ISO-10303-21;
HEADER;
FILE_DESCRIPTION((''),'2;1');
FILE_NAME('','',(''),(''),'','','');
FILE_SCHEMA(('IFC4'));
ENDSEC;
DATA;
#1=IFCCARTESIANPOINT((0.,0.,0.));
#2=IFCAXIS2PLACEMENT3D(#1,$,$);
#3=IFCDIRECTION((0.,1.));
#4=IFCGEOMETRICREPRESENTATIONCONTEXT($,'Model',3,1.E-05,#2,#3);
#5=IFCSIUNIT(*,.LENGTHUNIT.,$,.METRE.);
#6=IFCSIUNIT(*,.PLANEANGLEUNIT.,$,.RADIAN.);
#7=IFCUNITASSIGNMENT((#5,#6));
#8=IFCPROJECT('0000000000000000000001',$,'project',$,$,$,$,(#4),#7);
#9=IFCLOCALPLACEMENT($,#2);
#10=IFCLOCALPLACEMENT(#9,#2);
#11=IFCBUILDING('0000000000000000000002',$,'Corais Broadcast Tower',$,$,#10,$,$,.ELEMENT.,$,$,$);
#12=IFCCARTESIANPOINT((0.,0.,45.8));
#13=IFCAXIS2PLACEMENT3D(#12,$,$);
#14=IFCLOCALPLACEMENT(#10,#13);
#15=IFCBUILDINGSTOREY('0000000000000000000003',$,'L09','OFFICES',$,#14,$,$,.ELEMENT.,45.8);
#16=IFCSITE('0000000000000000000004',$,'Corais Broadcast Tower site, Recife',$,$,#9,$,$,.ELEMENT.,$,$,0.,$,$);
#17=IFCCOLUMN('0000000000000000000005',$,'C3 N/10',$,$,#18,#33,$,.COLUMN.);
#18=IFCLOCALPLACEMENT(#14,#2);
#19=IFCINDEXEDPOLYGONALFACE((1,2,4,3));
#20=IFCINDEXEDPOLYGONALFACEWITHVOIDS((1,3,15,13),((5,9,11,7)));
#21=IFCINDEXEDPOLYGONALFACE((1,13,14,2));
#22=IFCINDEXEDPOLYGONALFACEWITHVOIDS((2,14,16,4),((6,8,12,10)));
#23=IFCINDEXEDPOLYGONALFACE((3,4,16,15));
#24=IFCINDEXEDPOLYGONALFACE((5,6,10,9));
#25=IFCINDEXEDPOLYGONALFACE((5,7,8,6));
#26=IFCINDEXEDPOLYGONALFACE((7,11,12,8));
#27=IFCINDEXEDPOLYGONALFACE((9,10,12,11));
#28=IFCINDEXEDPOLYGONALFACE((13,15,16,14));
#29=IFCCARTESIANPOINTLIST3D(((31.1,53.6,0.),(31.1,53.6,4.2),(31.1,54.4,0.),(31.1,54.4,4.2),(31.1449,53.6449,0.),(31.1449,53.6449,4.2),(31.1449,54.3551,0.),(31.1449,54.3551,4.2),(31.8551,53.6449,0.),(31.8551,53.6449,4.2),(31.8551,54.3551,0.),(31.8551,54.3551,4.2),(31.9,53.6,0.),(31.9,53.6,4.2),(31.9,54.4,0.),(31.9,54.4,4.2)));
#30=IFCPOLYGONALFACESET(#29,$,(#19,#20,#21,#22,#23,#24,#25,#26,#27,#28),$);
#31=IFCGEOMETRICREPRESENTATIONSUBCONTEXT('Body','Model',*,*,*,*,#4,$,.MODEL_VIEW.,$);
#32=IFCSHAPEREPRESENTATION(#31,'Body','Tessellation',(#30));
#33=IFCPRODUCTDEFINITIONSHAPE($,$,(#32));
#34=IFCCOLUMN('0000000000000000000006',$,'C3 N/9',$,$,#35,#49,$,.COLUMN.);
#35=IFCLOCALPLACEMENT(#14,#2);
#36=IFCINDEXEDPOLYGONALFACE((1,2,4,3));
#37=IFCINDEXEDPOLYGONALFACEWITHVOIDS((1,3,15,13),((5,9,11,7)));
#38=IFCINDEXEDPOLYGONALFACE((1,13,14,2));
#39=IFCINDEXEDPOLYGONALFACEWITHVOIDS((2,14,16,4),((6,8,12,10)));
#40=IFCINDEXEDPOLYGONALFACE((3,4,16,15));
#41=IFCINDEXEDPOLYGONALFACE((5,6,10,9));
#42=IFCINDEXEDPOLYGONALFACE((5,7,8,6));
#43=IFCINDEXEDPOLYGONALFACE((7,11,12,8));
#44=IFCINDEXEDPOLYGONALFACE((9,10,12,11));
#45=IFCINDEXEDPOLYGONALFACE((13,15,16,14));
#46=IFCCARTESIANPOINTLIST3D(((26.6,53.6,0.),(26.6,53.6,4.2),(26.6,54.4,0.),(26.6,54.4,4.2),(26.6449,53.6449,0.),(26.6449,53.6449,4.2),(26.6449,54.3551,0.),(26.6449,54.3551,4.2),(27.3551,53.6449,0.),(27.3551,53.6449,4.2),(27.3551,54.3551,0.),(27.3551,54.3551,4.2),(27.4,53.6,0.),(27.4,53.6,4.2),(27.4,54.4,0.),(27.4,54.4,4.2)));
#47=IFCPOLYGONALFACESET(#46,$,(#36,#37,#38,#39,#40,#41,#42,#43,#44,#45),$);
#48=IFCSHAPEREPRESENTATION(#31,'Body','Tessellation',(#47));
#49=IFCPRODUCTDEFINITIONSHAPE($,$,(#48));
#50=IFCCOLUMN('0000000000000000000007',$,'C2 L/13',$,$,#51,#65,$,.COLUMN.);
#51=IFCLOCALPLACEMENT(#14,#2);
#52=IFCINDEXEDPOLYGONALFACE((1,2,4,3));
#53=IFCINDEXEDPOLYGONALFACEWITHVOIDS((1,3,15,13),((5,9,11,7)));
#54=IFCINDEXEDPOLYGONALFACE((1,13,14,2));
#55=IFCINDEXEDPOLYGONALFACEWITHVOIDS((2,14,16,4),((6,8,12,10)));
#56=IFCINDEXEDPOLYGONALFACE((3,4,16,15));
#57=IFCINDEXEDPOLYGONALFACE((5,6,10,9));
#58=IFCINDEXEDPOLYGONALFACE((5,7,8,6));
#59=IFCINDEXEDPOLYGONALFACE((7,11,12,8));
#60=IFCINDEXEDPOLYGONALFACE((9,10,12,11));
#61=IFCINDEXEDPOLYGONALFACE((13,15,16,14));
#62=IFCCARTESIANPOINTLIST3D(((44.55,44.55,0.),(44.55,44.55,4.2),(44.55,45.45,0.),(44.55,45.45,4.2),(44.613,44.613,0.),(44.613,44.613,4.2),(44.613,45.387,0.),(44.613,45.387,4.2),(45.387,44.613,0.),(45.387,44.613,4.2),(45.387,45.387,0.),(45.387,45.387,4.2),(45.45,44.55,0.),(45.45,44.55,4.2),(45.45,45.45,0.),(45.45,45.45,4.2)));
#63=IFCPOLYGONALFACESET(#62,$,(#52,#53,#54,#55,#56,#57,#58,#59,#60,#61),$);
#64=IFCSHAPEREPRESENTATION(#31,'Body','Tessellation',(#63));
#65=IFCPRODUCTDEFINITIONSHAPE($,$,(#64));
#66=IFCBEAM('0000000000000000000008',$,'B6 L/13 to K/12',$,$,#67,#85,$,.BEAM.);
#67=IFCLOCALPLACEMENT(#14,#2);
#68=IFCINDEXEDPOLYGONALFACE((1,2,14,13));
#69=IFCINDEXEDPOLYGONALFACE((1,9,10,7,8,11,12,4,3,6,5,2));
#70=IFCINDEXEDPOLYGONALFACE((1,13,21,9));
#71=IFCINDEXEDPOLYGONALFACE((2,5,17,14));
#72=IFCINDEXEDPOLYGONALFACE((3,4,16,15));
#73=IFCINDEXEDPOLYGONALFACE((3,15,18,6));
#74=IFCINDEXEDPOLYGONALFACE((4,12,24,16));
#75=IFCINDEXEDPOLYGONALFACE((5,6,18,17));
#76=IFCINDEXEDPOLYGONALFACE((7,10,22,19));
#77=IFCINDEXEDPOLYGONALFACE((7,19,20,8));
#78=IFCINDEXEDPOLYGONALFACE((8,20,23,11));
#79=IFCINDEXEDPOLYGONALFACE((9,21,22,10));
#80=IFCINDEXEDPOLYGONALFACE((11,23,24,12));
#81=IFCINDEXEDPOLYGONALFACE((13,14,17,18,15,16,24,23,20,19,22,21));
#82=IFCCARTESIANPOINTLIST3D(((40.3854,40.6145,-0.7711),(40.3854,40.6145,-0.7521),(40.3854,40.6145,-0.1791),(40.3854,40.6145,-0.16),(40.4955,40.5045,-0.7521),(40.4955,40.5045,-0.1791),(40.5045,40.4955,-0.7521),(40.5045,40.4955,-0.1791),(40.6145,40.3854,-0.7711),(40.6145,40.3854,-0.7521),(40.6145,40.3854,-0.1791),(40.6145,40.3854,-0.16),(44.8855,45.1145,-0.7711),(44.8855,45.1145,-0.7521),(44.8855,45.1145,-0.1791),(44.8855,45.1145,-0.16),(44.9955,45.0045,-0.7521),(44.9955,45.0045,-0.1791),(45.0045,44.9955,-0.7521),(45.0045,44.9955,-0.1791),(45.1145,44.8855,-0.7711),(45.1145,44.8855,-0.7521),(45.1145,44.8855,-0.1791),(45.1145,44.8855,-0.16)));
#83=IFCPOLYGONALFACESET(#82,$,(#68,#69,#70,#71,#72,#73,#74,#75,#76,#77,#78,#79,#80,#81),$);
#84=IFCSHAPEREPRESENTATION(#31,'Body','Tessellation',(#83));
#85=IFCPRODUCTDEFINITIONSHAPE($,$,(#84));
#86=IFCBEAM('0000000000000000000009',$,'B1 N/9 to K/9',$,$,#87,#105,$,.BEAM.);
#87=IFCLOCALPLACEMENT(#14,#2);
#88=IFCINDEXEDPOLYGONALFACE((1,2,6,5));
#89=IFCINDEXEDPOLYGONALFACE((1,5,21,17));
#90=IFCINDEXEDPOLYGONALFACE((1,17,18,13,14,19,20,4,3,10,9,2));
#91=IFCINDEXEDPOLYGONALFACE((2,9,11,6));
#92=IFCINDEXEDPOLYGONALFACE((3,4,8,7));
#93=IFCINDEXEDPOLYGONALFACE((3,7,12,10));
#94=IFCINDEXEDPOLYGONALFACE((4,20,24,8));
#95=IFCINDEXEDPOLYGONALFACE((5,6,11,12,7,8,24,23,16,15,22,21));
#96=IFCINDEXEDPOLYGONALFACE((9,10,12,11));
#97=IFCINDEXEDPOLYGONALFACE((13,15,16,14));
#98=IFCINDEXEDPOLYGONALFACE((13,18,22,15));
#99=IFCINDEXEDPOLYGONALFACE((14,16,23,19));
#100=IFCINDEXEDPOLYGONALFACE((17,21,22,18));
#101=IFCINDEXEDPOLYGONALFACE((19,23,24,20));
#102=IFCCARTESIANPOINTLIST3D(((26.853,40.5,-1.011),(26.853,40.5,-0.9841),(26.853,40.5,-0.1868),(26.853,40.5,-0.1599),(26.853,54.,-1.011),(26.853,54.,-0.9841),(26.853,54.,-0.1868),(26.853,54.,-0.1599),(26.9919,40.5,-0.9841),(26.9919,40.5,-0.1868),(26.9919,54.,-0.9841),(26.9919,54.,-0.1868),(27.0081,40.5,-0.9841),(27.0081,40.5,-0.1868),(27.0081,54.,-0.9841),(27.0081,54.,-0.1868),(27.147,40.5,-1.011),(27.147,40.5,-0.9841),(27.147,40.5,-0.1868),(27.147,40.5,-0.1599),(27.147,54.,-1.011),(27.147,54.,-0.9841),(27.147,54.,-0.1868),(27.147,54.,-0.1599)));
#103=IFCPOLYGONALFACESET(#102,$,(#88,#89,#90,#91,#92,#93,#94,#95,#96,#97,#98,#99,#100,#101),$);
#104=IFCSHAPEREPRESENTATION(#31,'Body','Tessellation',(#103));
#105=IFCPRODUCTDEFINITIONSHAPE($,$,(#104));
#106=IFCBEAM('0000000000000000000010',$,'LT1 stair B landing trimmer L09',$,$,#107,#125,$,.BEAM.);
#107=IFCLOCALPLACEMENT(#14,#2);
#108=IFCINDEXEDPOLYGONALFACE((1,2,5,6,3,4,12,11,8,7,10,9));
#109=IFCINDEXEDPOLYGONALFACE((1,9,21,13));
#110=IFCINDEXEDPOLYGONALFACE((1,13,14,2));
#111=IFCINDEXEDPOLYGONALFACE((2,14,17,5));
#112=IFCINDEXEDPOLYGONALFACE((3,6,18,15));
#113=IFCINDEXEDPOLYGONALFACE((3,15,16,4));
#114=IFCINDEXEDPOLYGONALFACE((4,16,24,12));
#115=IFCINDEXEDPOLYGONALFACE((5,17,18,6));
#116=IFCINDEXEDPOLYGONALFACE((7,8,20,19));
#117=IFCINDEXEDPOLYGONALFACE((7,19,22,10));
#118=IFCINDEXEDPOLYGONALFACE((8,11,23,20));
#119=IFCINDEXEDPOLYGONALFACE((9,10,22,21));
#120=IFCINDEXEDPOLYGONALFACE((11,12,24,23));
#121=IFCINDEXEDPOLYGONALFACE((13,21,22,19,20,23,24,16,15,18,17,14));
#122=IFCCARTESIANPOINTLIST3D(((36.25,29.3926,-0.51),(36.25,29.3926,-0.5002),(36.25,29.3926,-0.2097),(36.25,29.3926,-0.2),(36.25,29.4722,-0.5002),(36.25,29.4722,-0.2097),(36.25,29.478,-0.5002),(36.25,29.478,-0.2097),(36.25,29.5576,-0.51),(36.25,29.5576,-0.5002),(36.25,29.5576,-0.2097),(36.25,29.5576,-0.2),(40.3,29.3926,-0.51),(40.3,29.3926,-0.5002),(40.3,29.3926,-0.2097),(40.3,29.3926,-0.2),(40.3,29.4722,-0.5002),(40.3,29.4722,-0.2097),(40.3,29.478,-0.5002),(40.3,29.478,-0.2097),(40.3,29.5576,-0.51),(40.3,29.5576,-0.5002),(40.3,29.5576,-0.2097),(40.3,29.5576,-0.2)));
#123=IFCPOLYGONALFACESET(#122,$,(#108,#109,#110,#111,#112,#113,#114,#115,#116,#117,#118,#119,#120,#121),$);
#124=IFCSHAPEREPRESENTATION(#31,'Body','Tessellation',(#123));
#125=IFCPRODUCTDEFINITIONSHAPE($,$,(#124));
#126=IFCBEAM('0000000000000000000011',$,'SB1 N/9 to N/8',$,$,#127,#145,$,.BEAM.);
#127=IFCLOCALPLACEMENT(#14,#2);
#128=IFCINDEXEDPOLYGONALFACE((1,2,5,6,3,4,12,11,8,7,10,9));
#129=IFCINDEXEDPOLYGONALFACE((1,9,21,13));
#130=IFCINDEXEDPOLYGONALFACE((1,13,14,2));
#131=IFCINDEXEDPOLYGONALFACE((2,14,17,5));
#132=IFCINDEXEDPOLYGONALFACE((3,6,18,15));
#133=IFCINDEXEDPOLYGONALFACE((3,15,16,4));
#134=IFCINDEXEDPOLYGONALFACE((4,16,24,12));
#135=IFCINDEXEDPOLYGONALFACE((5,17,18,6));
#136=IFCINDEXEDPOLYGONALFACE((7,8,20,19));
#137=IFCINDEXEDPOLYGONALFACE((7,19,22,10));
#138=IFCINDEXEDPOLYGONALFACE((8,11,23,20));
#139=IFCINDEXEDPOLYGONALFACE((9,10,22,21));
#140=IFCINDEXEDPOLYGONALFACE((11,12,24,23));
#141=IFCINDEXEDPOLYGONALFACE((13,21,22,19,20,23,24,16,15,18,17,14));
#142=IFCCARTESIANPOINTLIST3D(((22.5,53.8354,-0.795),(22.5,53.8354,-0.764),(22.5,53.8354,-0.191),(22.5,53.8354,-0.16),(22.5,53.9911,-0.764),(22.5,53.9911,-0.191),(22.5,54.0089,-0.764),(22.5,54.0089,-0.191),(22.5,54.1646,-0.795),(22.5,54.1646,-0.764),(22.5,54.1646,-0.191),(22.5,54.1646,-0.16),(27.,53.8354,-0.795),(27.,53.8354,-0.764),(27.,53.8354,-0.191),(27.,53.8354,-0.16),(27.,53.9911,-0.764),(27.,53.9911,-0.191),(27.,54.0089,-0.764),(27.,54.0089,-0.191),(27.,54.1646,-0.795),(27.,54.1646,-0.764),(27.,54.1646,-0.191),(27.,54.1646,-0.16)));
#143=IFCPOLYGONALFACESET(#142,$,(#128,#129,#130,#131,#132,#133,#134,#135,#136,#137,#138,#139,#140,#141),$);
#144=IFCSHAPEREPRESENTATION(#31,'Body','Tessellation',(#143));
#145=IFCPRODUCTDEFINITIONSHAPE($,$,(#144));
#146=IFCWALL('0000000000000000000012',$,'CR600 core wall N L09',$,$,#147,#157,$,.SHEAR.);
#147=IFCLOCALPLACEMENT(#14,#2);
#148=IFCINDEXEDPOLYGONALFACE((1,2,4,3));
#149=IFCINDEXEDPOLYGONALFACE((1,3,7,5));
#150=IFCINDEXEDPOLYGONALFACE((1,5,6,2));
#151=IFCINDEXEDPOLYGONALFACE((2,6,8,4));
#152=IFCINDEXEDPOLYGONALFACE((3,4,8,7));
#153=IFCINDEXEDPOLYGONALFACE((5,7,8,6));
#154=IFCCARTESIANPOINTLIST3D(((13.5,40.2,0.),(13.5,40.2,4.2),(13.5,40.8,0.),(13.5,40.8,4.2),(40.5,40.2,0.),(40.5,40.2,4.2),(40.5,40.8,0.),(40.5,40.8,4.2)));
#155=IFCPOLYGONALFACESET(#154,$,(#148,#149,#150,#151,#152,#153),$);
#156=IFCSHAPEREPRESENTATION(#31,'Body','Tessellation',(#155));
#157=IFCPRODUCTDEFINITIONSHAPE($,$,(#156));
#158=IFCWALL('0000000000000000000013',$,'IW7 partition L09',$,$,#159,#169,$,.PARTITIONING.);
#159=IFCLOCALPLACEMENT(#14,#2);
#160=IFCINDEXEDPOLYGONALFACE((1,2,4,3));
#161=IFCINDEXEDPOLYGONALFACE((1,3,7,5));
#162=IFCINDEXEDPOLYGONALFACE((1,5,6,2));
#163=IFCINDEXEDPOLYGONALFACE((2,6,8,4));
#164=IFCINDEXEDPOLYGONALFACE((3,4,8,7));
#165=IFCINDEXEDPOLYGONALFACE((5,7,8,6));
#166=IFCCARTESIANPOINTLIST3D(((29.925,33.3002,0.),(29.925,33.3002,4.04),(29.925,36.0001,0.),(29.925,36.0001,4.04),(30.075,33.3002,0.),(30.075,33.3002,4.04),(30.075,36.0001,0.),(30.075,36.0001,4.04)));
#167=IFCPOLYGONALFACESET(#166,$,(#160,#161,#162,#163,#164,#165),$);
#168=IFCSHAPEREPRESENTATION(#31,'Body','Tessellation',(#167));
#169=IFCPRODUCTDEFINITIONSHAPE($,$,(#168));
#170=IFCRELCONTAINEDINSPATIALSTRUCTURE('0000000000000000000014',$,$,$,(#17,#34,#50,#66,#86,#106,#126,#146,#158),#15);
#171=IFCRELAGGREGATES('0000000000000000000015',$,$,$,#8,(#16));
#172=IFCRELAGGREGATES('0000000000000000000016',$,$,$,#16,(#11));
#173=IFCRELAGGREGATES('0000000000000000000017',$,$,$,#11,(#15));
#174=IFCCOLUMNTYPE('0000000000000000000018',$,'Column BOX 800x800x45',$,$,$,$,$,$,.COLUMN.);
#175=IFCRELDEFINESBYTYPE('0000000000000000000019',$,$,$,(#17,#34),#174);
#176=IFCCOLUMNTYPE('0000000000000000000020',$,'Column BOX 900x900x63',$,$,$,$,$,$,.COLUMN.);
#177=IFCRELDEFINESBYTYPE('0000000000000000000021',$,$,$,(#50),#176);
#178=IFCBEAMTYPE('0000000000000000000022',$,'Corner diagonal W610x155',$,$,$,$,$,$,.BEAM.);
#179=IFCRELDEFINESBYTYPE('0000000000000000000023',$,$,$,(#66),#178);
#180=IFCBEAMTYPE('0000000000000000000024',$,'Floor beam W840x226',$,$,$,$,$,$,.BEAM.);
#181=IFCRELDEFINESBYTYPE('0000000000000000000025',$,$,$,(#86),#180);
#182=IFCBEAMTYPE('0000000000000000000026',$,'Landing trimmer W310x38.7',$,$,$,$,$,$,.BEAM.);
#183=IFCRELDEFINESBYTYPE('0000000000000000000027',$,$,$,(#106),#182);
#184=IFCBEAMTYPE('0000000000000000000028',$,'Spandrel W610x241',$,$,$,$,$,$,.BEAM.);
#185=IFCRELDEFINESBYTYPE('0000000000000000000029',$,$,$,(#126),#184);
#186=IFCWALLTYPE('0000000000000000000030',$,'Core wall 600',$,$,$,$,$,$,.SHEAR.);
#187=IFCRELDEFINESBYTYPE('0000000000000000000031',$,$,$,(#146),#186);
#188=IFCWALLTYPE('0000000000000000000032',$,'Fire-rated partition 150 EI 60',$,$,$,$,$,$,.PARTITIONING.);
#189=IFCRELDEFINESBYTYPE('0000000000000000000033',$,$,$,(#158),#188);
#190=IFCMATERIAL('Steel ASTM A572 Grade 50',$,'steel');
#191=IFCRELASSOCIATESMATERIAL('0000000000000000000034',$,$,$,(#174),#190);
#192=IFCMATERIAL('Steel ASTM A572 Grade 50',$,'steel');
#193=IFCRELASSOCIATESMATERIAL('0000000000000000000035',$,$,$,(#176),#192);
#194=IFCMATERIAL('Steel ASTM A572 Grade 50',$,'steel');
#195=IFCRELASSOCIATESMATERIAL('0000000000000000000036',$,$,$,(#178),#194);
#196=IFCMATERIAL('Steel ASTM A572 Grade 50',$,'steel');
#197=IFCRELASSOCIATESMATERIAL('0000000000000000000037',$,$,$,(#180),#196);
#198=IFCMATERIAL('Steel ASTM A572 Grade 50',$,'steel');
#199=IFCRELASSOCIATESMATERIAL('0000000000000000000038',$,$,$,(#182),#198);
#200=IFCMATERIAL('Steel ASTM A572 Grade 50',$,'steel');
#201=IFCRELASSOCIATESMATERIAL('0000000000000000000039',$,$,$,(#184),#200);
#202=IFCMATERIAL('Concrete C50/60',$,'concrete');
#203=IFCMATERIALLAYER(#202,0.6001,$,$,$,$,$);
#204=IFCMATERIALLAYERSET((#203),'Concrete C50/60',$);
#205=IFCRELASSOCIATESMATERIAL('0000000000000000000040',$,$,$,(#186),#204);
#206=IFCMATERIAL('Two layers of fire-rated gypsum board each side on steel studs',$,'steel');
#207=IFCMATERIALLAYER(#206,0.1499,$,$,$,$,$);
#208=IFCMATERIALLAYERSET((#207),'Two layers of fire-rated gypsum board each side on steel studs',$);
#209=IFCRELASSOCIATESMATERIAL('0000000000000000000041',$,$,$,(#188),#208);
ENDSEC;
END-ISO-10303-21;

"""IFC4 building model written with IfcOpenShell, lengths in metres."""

from ifc_helpers import new_model, si_unit, direction, frame, frame_2d, origin, origin_2d, place, context, subcontext, project, spatial, rectangle, hollow_rectangle, i_section, extrude, material, layer, layer_set, material_profile, profile_set, type_object, element, save


model = new_model("IFC4")

# Units and contexts
model_context = context("Model", 3, precision=1e-05, world=origin(), true_north=direction((0.0, 1.0)))
body_context = subcontext(model_context, "Body", "Model", "MODEL_VIEW")
ifc_project = project(units=[si_unit("LENGTHUNIT", "METRE"), si_unit("PLANEANGLEUNIT", "RADIAN")], contexts=[model_context])

# Site, building, storey
site_placement = place(None, origin())
site = spatial("IfcSite", under=ifc_project, at=site_placement, Name="Corais Broadcast Tower site, Recife", CompositionType="ELEMENT", RefElevation=0.0)
building_placement = place(site_placement, origin())
building = spatial("IfcBuilding", under=site, at=building_placement, Name="Corais Broadcast Tower", CompositionType="ELEMENT")
storey_placement = place(building_placement, frame((0.0, 0.0, 45.8)))
storey = spatial("IfcBuildingStorey", under=building, at=storey_placement, Name="L09", Description="OFFICES", CompositionType="ELEMENT", Elevation=45.8)

# Columns
ifc_material_1 = material(Name="Steel ASTM A572 Grade 50", Category="steel")
ifc_material_profile_1 = material_profile(ifc_material_1, hollow_rectangle(XDim=0.8, YDim=0.8, WallThickness=0.0449, at=origin_2d()), Name="BOX 800x800x45")
ifc_profile_set_1 = profile_set([ifc_material_profile_1], Name="Steel ASTM A572 Grade 50")
column_type_1 = type_object("IfcColumnType", Name="Column BOX 800x800x45", PredefinedType="COLUMN", material=ifc_profile_set_1)
for number, where, z_axis, x_axis, name in (
    (1, (31.5, 54.0, 0.0), (0.0, 0.0, 1.0), (1.0, 0.0, 0.0), "C3 N/10"),
    (2, (27.0, 54.0, 0.0), (0.0, 0.0, 1.0), (1.0, 0.0, 0.0), "C3 N/9"),
):
    element("IfcColumn", number, at=place(storey_placement, frame(where, z_axis=z_axis, x_axis=x_axis)), inside=storey, type_object=column_type_1, Name=name, PredefinedType="COLUMN", context=body_context, shape_type="SweptSolid", body=[
        extrude(hollow_rectangle(XDim=0.8, YDim=0.8, WallThickness=0.0449, at=origin_2d()), origin(), (0.0, 0.0, 1.0), 4.2),
    ])
ifc_material_2 = material(Name="Steel ASTM A572 Grade 50", Category="steel")
ifc_material_profile_2 = material_profile(ifc_material_2, hollow_rectangle(XDim=0.8999, YDim=0.8999, WallThickness=0.063, at=origin_2d()), Name="BOX 900x900x63")
ifc_profile_set_2 = profile_set([ifc_material_profile_2], Name="Steel ASTM A572 Grade 50")
column_type_2 = type_object("IfcColumnType", Name="Column BOX 900x900x63", PredefinedType="COLUMN", material=ifc_profile_set_2)
column_placement = place(storey_placement, frame((45.0, 45.0, 0.0), z_axis=(0.0, 0.0, 1.0), x_axis=(1.0, 0.0, 0.0)))
element("IfcColumn", 3, at=column_placement, inside=storey, type_object=column_type_2, Name="C2 L/13", PredefinedType="COLUMN", context=body_context, shape_type="SweptSolid", body=[
    extrude(hollow_rectangle(XDim=0.8999, YDim=0.8999, WallThickness=0.063, at=origin_2d()), origin(), (0.0, 0.0, 1.0), 4.2),
])

# Beams
ifc_material_3 = material(Name="Steel ASTM A572 Grade 50", Category="steel")
ifc_material_profile_3 = material_profile(ifc_material_3, i_section(OverallWidth=0.324, OverallDepth=0.6111, WebThickness=0.0127, FlangeThickness=0.019, at=origin_2d()), Name="W610x155")
ifc_profile_set_3 = profile_set([ifc_material_profile_3], Name="Steel ASTM A572 Grade 50")
beam_type_1 = type_object("IfcBeamType", Name="Corner diagonal W610x155", PredefinedType="BEAM", material=ifc_profile_set_3)
beam_1_placement = place(storey_placement, frame((45.0, 45.0, -0.4656), z_axis=(-0.707107, -0.707107, 0.0), x_axis=(0.707107, -0.707107, 0.0)))
element("IfcBeam", 4, at=beam_1_placement, inside=storey, type_object=beam_type_1, Name="B6 L/13 to K/12", PredefinedType="BEAM", context=body_context, shape_type="SweptSolid", body=[
    extrude(i_section(OverallWidth=0.324, OverallDepth=0.6111, WebThickness=0.0127, FlangeThickness=0.019, at=origin_2d()), origin(), (0.0, 0.0, 1.0), 6.364),
])
ifc_material_4 = material(Name="Steel ASTM A572 Grade 50", Category="steel")
ifc_material_profile_4 = material_profile(ifc_material_4, i_section(OverallWidth=0.2939, OverallDepth=0.8511, WebThickness=0.0161, FlangeThickness=0.0269, at=origin_2d()), Name="W840x226")
ifc_profile_set_4 = profile_set([ifc_material_profile_4], Name="Steel ASTM A572 Grade 50")
beam_type_2 = type_object("IfcBeamType", Name="Floor beam W840x226", PredefinedType="BEAM", material=ifc_profile_set_4)
beam_2_placement = place(storey_placement, frame((27.0, 54.0, -0.5854), z_axis=(0.0, -1.0, 0.0), x_axis=(1.0, 0.0, 0.0)))
element("IfcBeam", 5, at=beam_2_placement, inside=storey, type_object=beam_type_2, Name="B1 N/9 to K/9", PredefinedType="BEAM", context=body_context, shape_type="SweptSolid", body=[
    extrude(i_section(OverallWidth=0.2939, OverallDepth=0.8511, WebThickness=0.0161, FlangeThickness=0.0269, at=origin_2d()), origin(), (0.0, 0.0, 1.0), 13.5),
])
ifc_material_5 = material(Name="Steel ASTM A572 Grade 50", Category="steel")
ifc_material_profile_5 = material_profile(ifc_material_5, i_section(OverallWidth=0.165, OverallDepth=0.3101, WebThickness=0.0059, FlangeThickness=0.0098, at=origin_2d()), Name="W310x38.7")
ifc_profile_set_5 = profile_set([ifc_material_profile_5], Name="Steel ASTM A572 Grade 50")
beam_type_3 = type_object("IfcBeamType", Name="Landing trimmer W310x38.7", PredefinedType="BEAM", material=ifc_profile_set_5)
beam_3_placement = place(storey_placement, frame((36.25, 29.4751, -0.355), z_axis=(1.0, 0.0, 0.0), x_axis=(0.0, 1.0, 0.0)))
element("IfcBeam", 6, at=beam_3_placement, inside=storey, type_object=beam_type_3, Name="LT1 stair B landing trimmer L09", PredefinedType="BEAM", context=body_context, shape_type="SweptSolid", body=[
    extrude(i_section(OverallWidth=0.165, OverallDepth=0.3101, WebThickness=0.0059, FlangeThickness=0.0098, at=origin_2d()), origin(), (0.0, 0.0, 1.0), 4.05),
])
ifc_material_6 = material(Name="Steel ASTM A572 Grade 50", Category="steel")
ifc_material_profile_6 = material_profile(ifc_material_6, i_section(OverallWidth=0.3291, OverallDepth=0.635, WebThickness=0.0178, FlangeThickness=0.031, at=origin_2d()), Name="W610x241")
ifc_profile_set_6 = profile_set([ifc_material_profile_6], Name="Steel ASTM A572 Grade 50")
beam_type_4 = type_object("IfcBeamType", Name="Spandrel W610x241", PredefinedType="BEAM", material=ifc_profile_set_6)
beam_4_placement = place(storey_placement, frame((27.0, 54.0, -0.4775), z_axis=(-1.0, 0.0, 0.0), x_axis=(0.0, -1.0, 0.0)))
element("IfcBeam", 7, at=beam_4_placement, inside=storey, type_object=beam_type_4, Name="SB1 N/9 to N/8", PredefinedType="BEAM", context=body_context, shape_type="SweptSolid", body=[
    extrude(i_section(OverallWidth=0.3291, OverallDepth=0.635, WebThickness=0.0178, FlangeThickness=0.031, at=origin_2d()), origin(), (0.0, 0.0, 1.0), 4.5),
])

# Walls
ifc_material_7 = material(Name="Concrete C50/60", Category="concrete")
ifc_layer_1 = layer(ifc_material_7, 0.6001)
ifc_layer_set_1 = layer_set([ifc_layer_1], Name="Concrete C50/60")
wall_type_1 = type_object("IfcWallType", Name="Core wall 600", PredefinedType="SHEAR", material=ifc_layer_set_1)
wall_1_placement = place(storey_placement, frame((40.5, 40.5, 0.0), z_axis=(0.0, 0.0, 1.0), x_axis=(-1.0, 0.0, 0.0)))
element("IfcWall", 8, at=wall_1_placement, inside=storey, type_object=wall_type_1, Name="CR600 core wall N L09", PredefinedType="SHEAR", context=body_context, shape_type="SweptSolid", body=[
    extrude(rectangle(XDim=27.0, YDim=0.6001, at=frame_2d((13.5, 0.0))), origin(), (0.0, 0.0, 1.0), 4.2),
])
ifc_material_8 = material(Name="Two layers of fire-rated gypsum board each side on steel studs", Category="steel")
ifc_layer_2 = layer(ifc_material_8, 0.1499)
ifc_layer_set_2 = layer_set([ifc_layer_2], Name="Two layers of fire-rated gypsum board each side on steel studs")
wall_type_2 = type_object("IfcWallType", Name="Fire-rated partition 150 EI 60", PredefinedType="PARTITIONING", material=ifc_layer_set_2)
wall_2_placement = place(storey_placement, frame((30.0, 33.3, 0.0), z_axis=(0.0, 0.0, 1.0), x_axis=(0.0, 1.0, 0.0)))
element("IfcWall", 9, at=wall_2_placement, inside=storey, type_object=wall_type_2, Name="IW7 partition L09", PredefinedType="PARTITIONING", context=body_context, shape_type="SweptSolid", body=[
    extrude(rectangle(XDim=2.7, YDim=0.1499, at=frame_2d((1.3501, 0.0))), origin(), (0.0, 0.0, 1.0), 4.04),
])

save(model, "model.ifc")
